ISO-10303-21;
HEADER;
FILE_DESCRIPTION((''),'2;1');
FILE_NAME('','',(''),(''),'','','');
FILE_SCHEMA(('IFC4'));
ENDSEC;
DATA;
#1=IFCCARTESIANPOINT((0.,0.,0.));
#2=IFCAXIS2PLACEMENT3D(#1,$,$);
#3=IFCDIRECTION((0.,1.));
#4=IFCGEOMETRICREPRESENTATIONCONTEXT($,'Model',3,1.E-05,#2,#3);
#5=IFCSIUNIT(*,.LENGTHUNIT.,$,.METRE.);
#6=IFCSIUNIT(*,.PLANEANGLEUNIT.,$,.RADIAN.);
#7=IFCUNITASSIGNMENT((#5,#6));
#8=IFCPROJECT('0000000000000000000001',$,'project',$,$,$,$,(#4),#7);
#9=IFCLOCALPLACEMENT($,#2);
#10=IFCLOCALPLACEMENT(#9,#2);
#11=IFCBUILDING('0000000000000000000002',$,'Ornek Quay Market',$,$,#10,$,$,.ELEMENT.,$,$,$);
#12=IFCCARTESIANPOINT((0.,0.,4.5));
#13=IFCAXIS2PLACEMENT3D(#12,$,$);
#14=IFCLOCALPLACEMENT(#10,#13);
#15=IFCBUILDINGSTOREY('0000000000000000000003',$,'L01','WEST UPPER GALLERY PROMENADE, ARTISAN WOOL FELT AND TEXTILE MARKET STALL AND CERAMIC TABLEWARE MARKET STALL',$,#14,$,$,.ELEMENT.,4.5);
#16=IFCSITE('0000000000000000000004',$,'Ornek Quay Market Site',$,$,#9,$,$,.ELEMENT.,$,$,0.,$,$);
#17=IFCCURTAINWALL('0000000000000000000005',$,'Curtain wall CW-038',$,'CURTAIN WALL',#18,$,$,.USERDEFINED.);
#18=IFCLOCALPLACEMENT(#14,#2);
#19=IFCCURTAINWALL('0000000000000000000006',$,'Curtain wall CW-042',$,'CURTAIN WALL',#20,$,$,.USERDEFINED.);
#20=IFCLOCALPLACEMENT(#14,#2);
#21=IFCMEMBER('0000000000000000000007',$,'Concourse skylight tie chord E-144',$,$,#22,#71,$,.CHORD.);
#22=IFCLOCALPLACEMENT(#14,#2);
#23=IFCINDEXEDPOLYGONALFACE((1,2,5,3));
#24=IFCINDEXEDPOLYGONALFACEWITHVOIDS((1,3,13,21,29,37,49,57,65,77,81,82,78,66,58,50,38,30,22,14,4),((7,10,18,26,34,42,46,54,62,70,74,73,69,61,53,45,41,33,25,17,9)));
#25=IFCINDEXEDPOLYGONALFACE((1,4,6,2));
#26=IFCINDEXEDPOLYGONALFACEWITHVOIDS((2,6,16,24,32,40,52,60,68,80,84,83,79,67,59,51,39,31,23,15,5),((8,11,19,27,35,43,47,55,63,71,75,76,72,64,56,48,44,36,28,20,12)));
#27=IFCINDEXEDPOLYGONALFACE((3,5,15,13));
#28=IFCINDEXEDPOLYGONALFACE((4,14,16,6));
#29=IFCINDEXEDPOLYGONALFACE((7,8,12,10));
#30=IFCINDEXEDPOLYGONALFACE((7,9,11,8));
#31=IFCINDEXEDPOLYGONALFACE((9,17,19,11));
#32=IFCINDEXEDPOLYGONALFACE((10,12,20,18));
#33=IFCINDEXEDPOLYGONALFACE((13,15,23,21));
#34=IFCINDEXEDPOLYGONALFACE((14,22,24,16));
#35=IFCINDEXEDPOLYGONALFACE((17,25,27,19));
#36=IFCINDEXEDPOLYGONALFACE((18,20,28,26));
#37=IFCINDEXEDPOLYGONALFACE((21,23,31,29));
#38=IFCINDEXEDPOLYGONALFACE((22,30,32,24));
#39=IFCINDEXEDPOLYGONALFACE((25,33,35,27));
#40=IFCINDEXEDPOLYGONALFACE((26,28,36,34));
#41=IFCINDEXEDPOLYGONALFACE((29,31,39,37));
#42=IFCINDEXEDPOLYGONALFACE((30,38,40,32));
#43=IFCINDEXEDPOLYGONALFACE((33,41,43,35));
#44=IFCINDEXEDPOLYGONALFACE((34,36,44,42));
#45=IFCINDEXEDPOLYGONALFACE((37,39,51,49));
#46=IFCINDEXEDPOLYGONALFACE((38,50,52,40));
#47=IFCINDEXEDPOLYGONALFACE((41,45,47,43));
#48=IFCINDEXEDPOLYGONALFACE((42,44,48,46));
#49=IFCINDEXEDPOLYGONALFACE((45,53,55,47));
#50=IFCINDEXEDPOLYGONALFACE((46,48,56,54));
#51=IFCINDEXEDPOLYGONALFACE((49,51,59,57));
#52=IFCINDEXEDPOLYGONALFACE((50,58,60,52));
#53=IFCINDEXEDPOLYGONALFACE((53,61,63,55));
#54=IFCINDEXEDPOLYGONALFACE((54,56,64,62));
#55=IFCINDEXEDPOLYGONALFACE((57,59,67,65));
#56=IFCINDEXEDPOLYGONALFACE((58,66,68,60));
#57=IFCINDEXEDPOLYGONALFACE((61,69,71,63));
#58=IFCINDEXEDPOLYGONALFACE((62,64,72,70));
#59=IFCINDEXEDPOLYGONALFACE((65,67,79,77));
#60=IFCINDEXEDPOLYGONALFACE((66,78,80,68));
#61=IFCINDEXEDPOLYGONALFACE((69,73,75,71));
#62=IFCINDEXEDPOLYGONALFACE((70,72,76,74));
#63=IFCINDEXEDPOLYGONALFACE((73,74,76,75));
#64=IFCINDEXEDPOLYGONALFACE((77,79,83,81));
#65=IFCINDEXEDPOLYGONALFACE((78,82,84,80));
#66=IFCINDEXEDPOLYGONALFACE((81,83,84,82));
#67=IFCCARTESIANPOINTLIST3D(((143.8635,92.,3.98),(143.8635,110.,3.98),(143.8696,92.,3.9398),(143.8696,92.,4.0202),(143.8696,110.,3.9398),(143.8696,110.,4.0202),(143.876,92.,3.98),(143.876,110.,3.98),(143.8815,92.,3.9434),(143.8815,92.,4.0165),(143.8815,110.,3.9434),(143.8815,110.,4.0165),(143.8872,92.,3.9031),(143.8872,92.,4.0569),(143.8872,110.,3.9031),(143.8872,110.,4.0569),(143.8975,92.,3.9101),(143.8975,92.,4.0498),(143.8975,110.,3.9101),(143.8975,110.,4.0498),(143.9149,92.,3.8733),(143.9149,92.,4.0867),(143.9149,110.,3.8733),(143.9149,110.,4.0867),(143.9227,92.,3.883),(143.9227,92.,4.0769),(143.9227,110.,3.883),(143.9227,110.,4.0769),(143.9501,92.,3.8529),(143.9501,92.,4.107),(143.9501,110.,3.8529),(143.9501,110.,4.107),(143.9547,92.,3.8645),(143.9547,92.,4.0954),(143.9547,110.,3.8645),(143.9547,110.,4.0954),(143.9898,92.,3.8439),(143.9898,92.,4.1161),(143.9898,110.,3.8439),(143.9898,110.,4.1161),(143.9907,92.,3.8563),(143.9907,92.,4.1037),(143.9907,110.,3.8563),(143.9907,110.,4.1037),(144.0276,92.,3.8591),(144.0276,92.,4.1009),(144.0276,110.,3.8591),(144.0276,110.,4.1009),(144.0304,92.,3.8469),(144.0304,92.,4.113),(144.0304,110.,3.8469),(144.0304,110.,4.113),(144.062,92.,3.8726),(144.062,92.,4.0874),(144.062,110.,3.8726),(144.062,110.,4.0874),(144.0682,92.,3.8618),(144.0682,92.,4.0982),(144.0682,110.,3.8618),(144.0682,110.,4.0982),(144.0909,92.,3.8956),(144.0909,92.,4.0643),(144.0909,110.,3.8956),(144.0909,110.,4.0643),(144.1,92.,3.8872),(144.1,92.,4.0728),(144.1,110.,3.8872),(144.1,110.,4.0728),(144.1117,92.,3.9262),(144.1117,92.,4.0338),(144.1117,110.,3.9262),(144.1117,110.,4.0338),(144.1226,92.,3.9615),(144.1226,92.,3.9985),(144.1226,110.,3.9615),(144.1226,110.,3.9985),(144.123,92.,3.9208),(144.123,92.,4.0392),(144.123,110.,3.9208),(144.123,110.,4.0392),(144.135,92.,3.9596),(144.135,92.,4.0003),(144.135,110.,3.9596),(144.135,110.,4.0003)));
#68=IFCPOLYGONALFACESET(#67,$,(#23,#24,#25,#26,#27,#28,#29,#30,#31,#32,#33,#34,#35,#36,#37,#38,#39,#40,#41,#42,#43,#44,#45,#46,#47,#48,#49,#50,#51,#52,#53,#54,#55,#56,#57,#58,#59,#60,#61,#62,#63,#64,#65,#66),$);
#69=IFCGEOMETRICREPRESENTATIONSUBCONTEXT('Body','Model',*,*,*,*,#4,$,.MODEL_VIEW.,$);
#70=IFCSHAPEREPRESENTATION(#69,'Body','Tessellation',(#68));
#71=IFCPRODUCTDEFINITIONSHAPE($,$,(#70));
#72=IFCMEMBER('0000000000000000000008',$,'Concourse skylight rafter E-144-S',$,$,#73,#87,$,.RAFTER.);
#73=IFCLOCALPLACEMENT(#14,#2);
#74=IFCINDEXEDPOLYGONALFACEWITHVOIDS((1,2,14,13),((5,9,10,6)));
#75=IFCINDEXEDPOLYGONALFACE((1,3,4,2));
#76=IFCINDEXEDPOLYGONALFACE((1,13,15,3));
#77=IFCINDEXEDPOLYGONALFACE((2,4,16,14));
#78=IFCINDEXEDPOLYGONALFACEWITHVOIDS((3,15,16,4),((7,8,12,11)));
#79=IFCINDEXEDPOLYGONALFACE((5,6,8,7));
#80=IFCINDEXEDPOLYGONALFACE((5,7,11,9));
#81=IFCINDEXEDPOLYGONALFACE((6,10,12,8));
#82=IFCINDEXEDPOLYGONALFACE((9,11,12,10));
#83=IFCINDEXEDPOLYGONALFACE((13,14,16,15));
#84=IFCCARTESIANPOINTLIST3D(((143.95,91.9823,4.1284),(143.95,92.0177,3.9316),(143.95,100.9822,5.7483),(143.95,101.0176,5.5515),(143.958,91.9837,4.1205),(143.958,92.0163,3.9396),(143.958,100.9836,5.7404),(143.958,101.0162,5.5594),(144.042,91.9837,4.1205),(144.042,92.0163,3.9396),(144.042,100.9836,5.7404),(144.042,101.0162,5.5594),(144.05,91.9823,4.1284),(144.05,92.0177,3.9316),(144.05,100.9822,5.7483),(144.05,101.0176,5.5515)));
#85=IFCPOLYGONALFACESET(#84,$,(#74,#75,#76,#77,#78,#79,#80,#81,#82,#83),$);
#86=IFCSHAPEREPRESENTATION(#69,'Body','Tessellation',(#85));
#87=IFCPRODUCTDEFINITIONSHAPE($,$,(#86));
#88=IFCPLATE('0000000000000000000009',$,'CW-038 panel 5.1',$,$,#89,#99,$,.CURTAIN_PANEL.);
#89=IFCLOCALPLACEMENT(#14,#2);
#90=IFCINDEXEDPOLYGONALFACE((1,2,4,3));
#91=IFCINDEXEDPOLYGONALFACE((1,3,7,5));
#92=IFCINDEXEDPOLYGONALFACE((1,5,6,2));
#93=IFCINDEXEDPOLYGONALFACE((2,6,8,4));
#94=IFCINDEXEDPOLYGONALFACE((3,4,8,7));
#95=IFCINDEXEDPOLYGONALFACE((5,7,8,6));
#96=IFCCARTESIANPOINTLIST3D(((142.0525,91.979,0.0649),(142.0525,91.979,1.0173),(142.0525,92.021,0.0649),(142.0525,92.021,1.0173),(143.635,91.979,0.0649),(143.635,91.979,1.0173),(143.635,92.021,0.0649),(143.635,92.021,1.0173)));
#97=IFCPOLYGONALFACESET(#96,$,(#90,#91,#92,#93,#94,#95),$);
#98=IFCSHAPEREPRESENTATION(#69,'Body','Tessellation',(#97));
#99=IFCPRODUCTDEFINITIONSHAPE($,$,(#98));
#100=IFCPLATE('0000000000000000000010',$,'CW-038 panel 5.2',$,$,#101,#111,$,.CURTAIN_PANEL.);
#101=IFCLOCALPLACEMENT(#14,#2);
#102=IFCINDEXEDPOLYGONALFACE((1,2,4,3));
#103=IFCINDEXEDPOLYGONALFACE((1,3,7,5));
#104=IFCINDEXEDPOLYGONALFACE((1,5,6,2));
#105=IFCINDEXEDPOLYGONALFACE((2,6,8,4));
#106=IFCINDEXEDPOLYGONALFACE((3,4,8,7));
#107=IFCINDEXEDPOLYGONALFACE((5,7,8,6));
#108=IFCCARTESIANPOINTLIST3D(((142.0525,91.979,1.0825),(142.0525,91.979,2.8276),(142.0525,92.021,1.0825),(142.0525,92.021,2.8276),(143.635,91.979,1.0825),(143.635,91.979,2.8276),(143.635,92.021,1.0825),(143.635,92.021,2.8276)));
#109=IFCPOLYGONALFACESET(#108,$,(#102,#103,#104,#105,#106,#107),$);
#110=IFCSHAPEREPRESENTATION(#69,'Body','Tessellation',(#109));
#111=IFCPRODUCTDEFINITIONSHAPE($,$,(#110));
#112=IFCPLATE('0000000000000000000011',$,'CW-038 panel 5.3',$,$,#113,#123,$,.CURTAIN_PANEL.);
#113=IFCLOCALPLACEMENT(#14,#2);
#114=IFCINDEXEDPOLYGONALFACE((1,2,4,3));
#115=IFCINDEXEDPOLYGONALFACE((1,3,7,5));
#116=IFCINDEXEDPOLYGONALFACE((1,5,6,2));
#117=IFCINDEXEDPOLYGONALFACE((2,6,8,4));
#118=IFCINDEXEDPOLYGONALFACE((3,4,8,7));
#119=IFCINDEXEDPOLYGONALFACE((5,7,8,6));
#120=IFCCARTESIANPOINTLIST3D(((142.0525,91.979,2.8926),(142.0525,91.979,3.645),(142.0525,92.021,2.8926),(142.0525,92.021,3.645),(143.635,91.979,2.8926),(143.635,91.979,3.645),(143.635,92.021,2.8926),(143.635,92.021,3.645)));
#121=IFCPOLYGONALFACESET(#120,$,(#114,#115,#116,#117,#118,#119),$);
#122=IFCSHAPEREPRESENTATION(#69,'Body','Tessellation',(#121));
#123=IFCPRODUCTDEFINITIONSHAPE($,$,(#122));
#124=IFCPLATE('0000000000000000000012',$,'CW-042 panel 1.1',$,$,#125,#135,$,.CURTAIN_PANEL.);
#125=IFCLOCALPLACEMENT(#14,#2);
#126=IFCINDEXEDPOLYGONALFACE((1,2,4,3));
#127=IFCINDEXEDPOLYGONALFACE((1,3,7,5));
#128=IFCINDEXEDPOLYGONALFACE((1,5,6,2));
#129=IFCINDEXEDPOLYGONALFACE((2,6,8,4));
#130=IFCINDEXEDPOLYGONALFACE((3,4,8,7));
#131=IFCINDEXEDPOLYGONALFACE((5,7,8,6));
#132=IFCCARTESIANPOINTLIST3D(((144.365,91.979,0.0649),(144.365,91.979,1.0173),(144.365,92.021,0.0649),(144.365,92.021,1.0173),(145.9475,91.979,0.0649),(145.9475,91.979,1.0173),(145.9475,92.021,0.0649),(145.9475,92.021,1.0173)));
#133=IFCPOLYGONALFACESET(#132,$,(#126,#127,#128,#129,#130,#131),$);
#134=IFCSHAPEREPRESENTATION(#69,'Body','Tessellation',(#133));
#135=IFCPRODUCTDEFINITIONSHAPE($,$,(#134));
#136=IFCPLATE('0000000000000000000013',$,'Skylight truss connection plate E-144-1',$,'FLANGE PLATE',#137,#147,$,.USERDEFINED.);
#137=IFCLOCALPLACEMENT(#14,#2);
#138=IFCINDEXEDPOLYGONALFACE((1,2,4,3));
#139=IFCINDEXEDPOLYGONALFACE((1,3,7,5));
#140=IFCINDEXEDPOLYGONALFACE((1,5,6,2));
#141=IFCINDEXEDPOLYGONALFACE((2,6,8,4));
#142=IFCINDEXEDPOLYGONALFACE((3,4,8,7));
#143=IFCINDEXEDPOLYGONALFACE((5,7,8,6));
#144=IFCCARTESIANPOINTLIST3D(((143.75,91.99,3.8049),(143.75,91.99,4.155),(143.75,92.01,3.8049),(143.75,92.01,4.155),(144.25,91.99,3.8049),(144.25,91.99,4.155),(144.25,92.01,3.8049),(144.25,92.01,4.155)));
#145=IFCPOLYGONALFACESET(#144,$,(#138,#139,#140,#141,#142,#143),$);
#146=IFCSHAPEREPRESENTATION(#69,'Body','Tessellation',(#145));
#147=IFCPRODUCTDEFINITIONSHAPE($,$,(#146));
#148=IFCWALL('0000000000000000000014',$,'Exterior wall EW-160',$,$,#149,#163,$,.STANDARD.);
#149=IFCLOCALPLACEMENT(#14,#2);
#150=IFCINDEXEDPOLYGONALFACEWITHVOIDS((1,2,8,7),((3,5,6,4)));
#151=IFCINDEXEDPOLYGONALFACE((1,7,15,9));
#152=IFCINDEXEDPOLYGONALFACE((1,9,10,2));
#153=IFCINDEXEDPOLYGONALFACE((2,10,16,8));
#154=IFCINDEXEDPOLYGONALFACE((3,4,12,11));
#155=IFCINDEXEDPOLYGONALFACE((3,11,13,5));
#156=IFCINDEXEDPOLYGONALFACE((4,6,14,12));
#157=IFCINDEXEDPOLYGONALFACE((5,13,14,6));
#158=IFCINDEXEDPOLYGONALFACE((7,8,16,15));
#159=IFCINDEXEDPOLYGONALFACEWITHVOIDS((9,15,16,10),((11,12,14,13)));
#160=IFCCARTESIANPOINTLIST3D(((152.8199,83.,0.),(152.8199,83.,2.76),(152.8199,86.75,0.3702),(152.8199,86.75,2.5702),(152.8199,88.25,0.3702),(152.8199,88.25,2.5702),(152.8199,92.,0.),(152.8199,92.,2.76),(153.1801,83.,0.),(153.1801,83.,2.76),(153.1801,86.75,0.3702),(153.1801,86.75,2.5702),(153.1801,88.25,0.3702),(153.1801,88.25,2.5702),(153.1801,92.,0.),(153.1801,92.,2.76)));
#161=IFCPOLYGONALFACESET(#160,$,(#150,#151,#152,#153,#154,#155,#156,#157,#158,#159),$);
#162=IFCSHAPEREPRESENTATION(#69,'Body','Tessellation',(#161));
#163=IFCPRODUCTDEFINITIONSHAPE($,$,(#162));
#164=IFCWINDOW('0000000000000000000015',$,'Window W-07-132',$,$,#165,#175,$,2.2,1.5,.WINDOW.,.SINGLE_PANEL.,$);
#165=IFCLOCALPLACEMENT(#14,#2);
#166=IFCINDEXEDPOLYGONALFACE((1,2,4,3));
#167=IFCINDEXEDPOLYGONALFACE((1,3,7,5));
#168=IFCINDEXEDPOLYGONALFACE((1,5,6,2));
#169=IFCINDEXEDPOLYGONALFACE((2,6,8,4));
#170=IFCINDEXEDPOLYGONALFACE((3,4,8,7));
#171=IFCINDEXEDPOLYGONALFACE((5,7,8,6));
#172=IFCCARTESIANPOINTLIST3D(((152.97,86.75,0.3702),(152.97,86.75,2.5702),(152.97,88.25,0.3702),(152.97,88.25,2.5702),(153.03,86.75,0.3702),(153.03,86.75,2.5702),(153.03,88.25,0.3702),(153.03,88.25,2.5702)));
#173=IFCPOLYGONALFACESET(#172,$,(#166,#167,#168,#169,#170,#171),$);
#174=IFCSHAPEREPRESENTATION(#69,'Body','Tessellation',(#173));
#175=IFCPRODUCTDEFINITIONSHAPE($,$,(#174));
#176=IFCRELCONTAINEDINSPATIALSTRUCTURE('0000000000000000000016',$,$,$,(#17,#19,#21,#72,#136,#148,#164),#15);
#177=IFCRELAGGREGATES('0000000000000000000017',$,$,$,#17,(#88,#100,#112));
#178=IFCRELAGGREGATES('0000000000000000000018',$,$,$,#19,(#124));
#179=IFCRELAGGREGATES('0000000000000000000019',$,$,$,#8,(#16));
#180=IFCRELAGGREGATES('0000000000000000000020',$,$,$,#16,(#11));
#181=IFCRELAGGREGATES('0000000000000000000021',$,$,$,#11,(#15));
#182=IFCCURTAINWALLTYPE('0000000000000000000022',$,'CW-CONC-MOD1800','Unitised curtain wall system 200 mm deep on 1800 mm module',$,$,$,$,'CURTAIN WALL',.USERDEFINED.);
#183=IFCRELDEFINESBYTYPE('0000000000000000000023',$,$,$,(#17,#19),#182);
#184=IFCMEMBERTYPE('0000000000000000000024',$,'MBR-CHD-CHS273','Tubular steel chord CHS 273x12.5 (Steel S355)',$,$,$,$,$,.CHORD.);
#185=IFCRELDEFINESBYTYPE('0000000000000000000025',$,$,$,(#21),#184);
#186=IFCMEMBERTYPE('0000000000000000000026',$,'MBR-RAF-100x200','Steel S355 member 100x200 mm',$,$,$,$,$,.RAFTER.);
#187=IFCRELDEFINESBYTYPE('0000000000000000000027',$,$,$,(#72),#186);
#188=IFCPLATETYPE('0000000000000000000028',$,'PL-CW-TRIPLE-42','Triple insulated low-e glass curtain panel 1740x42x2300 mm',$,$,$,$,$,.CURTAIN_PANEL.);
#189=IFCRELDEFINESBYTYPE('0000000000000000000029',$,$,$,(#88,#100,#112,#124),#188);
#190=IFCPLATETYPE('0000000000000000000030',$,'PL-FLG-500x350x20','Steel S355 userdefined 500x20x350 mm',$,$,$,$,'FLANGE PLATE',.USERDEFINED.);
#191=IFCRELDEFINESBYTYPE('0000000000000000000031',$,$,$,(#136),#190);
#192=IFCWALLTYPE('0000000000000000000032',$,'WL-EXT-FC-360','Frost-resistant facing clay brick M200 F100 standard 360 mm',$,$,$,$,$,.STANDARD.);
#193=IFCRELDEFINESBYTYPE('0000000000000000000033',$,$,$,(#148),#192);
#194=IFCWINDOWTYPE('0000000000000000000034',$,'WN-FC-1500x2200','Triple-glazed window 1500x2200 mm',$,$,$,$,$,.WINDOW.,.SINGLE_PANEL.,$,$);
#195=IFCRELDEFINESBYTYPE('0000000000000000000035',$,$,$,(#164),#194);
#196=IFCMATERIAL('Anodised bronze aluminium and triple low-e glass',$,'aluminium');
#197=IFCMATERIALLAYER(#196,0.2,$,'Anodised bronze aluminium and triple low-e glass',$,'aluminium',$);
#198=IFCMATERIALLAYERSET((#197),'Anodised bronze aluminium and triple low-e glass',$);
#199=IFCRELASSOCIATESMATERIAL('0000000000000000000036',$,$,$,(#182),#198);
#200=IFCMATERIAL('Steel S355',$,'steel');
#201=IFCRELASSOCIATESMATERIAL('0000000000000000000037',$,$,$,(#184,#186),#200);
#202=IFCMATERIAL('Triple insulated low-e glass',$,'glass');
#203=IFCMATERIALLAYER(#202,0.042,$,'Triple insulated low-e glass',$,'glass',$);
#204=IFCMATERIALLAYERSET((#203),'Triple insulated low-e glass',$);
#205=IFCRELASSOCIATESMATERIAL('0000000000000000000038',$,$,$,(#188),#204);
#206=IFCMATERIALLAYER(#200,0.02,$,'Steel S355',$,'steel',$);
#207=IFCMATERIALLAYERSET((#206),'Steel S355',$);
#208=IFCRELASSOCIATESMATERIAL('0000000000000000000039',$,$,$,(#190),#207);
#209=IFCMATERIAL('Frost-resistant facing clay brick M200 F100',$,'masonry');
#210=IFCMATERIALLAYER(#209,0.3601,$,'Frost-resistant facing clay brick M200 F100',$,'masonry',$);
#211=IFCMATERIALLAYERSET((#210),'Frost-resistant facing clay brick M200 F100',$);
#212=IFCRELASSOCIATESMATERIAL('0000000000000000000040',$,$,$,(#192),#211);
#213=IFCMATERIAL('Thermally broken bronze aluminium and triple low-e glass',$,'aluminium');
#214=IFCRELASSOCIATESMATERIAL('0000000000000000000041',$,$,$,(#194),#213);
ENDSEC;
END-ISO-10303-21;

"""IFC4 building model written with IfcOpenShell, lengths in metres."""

from ifc_helpers import new_model, si_unit, direction, frame, frame_2d, origin, origin_2d, place, context, subcontext, project, spatial, rectangle, hollow_rectangle, hollow_circle, extrude, material, layer, layer_set, material_profile, profile_set, type_object, element, fill, aggregate, save


model = new_model("IFC4")

# Units and contexts
model_context = context("Model", 3, precision=1e-05, world=origin(), true_north=direction((0.0, 1.0)))
body_context = subcontext(model_context, "Body", "Model", "MODEL_VIEW")
ifc_project = project(units=[si_unit("LENGTHUNIT", "METRE"), si_unit("PLANEANGLEUNIT", "RADIAN")], contexts=[model_context])

# Site, building, storey
site_placement = place(None, origin())
site = spatial("IfcSite", under=ifc_project, at=site_placement, Name="Ornek Quay Market Site", CompositionType="ELEMENT", RefElevation=0.0)
building_placement = place(site_placement, origin())
building = spatial("IfcBuilding", under=site, at=building_placement, Name="Ornek Quay Market", CompositionType="ELEMENT")
storey_placement = place(building_placement, frame((0.0, 0.0, 4.5)))
storey = spatial("IfcBuildingStorey", under=building, at=storey_placement, Name="L01", Description="WEST UPPER GALLERY PROMENADE, ARTISAN WOOL FELT AND TEXTILE MARKET STALL AND CERAMIC TABLEWARE MARKET STALL", CompositionType="ELEMENT", Elevation=4.5)

# Shared definitions
ifc_material_1 = material(Name="Steel S355", Category="steel")

# Curtain walls
ifc_material_2 = material(Name="Anodised bronze aluminium and triple low-e glass", Category="aluminium")
ifc_layer_1 = layer(ifc_material_2, 0.2, Name="Anodised bronze aluminium and triple low-e glass", Category="aluminium")
ifc_layer_set_1 = layer_set([ifc_layer_1], Name="Anodised bronze aluminium and triple low-e glass")
curtain_wall_type = type_object("IfcCurtainWallType", Name="CW-CONC-MOD1800", Description="Unitised curtain wall system 200 mm deep on 1800 mm module", ElementType="CURTAIN WALL", PredefinedType="USERDEFINED", material=ifc_layer_set_1)
curtain_wall_1_placement = place(storey_placement, origin())
curtain_wall_1 = element("IfcCurtainWall", 1, at=curtain_wall_1_placement, inside=storey, type_object=curtain_wall_type, Name="Curtain wall CW-038", ObjectType="CURTAIN WALL", PredefinedType="USERDEFINED")
curtain_wall_2_placement = place(storey_placement, origin())
curtain_wall_2 = element("IfcCurtainWall", 2, at=curtain_wall_2_placement, inside=storey, type_object=curtain_wall_type, Name="Curtain wall CW-042", ObjectType="CURTAIN WALL", PredefinedType="USERDEFINED")

# Members
ifc_material_profile_1 = material_profile(ifc_material_1, hollow_circle(Radius=0.1365, WallThickness=0.0125, at=origin_2d()), Name="CHS 273x12.5", Category="steel")
ifc_profile_set_1 = profile_set([ifc_material_profile_1], Name="Steel S355")
member_type_1 = type_object("IfcMemberType", Name="MBR-CHD-CHS273", Description="Tubular steel chord CHS 273x12.5 (Steel S355)", PredefinedType="CHORD", material=ifc_profile_set_1)
member_1_placement = place(storey_placement, frame((144.0, 92.0, 3.98), z_axis=(0.0, 1.0, 0.0), x_axis=(-1.0, 0.0, 0.0)))
element("IfcMember", 3, at=member_1_placement, inside=storey, type_object=member_type_1, Name="Concourse skylight tie chord E-144", PredefinedType="CHORD", context=body_context, shape_type="SweptSolid", body=[
    extrude(hollow_circle(Radius=0.1365, WallThickness=0.0125, at=origin_2d()), origin(), (0.0, 0.0, 1.0), 18.0),
])
ifc_material_profile_2 = material_profile(ifc_material_1, hollow_rectangle(XDim=0.1001, YDim=0.2, WallThickness=0.0081, at=origin_2d()), Name="MBR-RAF-100x200", Category="steel")
ifc_profile_set_2 = profile_set([ifc_material_profile_2], Name="Steel S355")
member_type_2 = type_object("IfcMemberType", Name="MBR-RAF-100x200", Description="Steel S355 member 100x200 mm", PredefinedType="RAFTER", material=ifc_profile_set_2)
member_2_placement = place(storey_placement, frame((144.0, 92.0, 4.03), z_axis=(0.0, 0.984186, 0.17714), x_axis=(-1.0, 0.0, 0.0)))
element("IfcMember", 4, at=member_2_placement, inside=storey, type_object=member_type_2, Name="Concourse skylight rafter E-144-S", PredefinedType="RAFTER", context=body_context, shape_type="SweptSolid", body=[
    extrude(hollow_rectangle(XDim=0.1001, YDim=0.2, WallThickness=0.0081, at=origin_2d()), origin(), (0.0, 0.0, 1.0), 9.1445),
])

# Plates
ifc_material_3 = material(Name="Triple insulated low-e glass", Category="glass")
ifc_layer_2 = layer(ifc_material_3, 0.042, Name="Triple insulated low-e glass", Category="glass")
ifc_layer_set_2 = layer_set([ifc_layer_2], Name="Triple insulated low-e glass")
plate_type_1 = type_object("IfcPlateType", Name="PL-CW-TRIPLE-42", Description="Triple insulated low-e glass curtain panel 1740x42x2300 mm", PredefinedType="CURTAIN_PANEL", material=ifc_layer_set_2)
plate_1_placement = place(storey_placement, frame((142.8438, 92.0, 0.0649), z_axis=(0.0, 0.0, 1.0), x_axis=(1.0, 0.0, 0.0)))
plate_1 = element("IfcPlate", 5, at=plate_1_placement, type_object=plate_type_1, Name="CW-038 panel 5.1", PredefinedType="CURTAIN_PANEL", context=body_context, shape_type="SweptSolid", body=[
    extrude(rectangle(XDim=1.5825, YDim=0.042, at=origin_2d()), origin(), (0.0, 0.0, 1.0), 0.9524),
])
plate_2_placement = place(storey_placement, frame((142.8438, 92.0, 1.0825), z_axis=(0.0, 0.0, 1.0), x_axis=(1.0, 0.0, 0.0)))
plate_2 = element("IfcPlate", 6, at=plate_2_placement, type_object=plate_type_1, Name="CW-038 panel 5.2", PredefinedType="CURTAIN_PANEL", context=body_context, shape_type="SweptSolid", body=[
    extrude(rectangle(XDim=1.5825, YDim=0.042, at=origin_2d()), origin(), (0.0, 0.0, 1.0), 1.7451),
])
plate_3_placement = place(storey_placement, frame((142.8438, 92.0, 2.8926), z_axis=(0.0, 0.0, 1.0), x_axis=(1.0, 0.0, 0.0)))
plate_3 = element("IfcPlate", 7, at=plate_3_placement, type_object=plate_type_1, Name="CW-038 panel 5.3", PredefinedType="CURTAIN_PANEL", context=body_context, shape_type="SweptSolid", body=[
    extrude(rectangle(XDim=1.5825, YDim=0.042, at=origin_2d()), origin(), (0.0, 0.0, 1.0), 0.7524),
])
aggregate(curtain_wall_1, [plate_1, plate_2, plate_3])
plate_4_placement = place(storey_placement, frame((145.1562, 92.0, 0.0649), z_axis=(0.0, 0.0, 1.0), x_axis=(1.0, 0.0, 0.0)))
plate_4 = element("IfcPlate", 8, at=plate_4_placement, type_object=plate_type_1, Name="CW-042 panel 1.1", PredefinedType="CURTAIN_PANEL", context=body_context, shape_type="SweptSolid", body=[
    extrude(rectangle(XDim=1.5825, YDim=0.042, at=origin_2d()), origin(), (0.0, 0.0, 1.0), 0.9524),
])
aggregate(curtain_wall_2, [plate_4])
ifc_layer_3 = layer(ifc_material_1, 0.02, Name="Steel S355", Category="steel")
ifc_layer_set_3 = layer_set([ifc_layer_3], Name="Steel S355")
plate_type_2 = type_object("IfcPlateType", Name="PL-FLG-500x350x20", Description="Steel S355 userdefined 500x20x350 mm", ElementType="FLANGE PLATE", PredefinedType="USERDEFINED", material=ifc_layer_set_3)
plate_5_placement = place(storey_placement, frame((144.0, 92.0, 3.8049), z_axis=(0.0, 0.0, 1.0), x_axis=(1.0, 0.0, 0.0)))
element("IfcPlate", 9, at=plate_5_placement, inside=storey, type_object=plate_type_2, Name="Skylight truss connection plate E-144-1", ObjectType="FLANGE PLATE", PredefinedType="USERDEFINED", context=body_context, shape_type="SweptSolid", body=[
    extrude(rectangle(XDim=0.5, YDim=0.02, at=origin_2d()), origin(), (0.0, 0.0, 1.0), 0.3501),
])

# Wall, opening, window
ifc_material_4 = material(Name="Frost-resistant facing clay brick M200 F100", Category="masonry")
ifc_layer_4 = layer(ifc_material_4, 0.3601, Name="Frost-resistant facing clay brick M200 F100", Category="masonry")
ifc_layer_set_4 = layer_set([ifc_layer_4], Name="Frost-resistant facing clay brick M200 F100")
wall_type = type_object("IfcWallType", Name="WL-EXT-FC-360", Description="Frost-resistant facing clay brick M200 F100 standard 360 mm", PredefinedType="STANDARD", material=ifc_layer_set_4)
wall_placement = place(storey_placement, frame((153.0, 83.0, 0.0), z_axis=(0.0, 0.0, 1.0), x_axis=(0.0, 1.0, 0.0)))
wall = element("IfcWall", 10, at=wall_placement, inside=storey, type_object=wall_type, Name="Exterior wall EW-160", PredefinedType="STANDARD", context=body_context, shape_type="SweptSolid", body=[
    extrude(rectangle(XDim=9.0, YDim=0.3601, at=frame_2d((4.5, 0.0))), origin(), (0.0, 0.0, 1.0), 2.76),
])
opening_placement = place(wall_placement, frame((3.75, 0.0, 0.3701)))
opening = element("IfcOpeningElement", 11, at=opening_placement, cuts=wall, PredefinedType="OPENING", context=body_context, shape_type="SweptSolid", body=[
    extrude(rectangle(XDim=1.5, YDim=2.2, at=frame_2d((0.75, 1.1001))), frame((0.0, 0.1899, 0.0), z_axis=(0.0, -1.0, 0.0), x_axis=(1.0, 0.0, 0.0)), (0.0, 0.0, 1.0), 0.3801),
])
ifc_material_5 = material(Name="Thermally broken bronze aluminium and triple low-e glass", Category="aluminium")
window_type = type_object("IfcWindowType", Name="WN-FC-1500x2200", Description="Triple-glazed window 1500x2200 mm", PartitioningType="SINGLE_PANEL", PredefinedType="WINDOW", material=ifc_material_5)
window_placement = place(opening_placement, origin())
window = element("IfcWindow", 12, at=window_placement, inside=storey, type_object=window_type, Name="Window W-07-132", OverallHeight=2.2, OverallWidth=1.5, PartitioningType="SINGLE_PANEL", PredefinedType="WINDOW", context=body_context, shape_type="SweptSolid", body=[
    extrude(rectangle(XDim=1.5, YDim=2.2, at=frame_2d((0.75, 1.1001))), frame((0.0, 0.03, 0.0), z_axis=(0.0, -1.0, 0.0), x_axis=(1.0, 0.0, 0.0)), (0.0, 0.0, 1.0), 0.0601),
])
fill(opening, window)

save(model, "model.ifc")
